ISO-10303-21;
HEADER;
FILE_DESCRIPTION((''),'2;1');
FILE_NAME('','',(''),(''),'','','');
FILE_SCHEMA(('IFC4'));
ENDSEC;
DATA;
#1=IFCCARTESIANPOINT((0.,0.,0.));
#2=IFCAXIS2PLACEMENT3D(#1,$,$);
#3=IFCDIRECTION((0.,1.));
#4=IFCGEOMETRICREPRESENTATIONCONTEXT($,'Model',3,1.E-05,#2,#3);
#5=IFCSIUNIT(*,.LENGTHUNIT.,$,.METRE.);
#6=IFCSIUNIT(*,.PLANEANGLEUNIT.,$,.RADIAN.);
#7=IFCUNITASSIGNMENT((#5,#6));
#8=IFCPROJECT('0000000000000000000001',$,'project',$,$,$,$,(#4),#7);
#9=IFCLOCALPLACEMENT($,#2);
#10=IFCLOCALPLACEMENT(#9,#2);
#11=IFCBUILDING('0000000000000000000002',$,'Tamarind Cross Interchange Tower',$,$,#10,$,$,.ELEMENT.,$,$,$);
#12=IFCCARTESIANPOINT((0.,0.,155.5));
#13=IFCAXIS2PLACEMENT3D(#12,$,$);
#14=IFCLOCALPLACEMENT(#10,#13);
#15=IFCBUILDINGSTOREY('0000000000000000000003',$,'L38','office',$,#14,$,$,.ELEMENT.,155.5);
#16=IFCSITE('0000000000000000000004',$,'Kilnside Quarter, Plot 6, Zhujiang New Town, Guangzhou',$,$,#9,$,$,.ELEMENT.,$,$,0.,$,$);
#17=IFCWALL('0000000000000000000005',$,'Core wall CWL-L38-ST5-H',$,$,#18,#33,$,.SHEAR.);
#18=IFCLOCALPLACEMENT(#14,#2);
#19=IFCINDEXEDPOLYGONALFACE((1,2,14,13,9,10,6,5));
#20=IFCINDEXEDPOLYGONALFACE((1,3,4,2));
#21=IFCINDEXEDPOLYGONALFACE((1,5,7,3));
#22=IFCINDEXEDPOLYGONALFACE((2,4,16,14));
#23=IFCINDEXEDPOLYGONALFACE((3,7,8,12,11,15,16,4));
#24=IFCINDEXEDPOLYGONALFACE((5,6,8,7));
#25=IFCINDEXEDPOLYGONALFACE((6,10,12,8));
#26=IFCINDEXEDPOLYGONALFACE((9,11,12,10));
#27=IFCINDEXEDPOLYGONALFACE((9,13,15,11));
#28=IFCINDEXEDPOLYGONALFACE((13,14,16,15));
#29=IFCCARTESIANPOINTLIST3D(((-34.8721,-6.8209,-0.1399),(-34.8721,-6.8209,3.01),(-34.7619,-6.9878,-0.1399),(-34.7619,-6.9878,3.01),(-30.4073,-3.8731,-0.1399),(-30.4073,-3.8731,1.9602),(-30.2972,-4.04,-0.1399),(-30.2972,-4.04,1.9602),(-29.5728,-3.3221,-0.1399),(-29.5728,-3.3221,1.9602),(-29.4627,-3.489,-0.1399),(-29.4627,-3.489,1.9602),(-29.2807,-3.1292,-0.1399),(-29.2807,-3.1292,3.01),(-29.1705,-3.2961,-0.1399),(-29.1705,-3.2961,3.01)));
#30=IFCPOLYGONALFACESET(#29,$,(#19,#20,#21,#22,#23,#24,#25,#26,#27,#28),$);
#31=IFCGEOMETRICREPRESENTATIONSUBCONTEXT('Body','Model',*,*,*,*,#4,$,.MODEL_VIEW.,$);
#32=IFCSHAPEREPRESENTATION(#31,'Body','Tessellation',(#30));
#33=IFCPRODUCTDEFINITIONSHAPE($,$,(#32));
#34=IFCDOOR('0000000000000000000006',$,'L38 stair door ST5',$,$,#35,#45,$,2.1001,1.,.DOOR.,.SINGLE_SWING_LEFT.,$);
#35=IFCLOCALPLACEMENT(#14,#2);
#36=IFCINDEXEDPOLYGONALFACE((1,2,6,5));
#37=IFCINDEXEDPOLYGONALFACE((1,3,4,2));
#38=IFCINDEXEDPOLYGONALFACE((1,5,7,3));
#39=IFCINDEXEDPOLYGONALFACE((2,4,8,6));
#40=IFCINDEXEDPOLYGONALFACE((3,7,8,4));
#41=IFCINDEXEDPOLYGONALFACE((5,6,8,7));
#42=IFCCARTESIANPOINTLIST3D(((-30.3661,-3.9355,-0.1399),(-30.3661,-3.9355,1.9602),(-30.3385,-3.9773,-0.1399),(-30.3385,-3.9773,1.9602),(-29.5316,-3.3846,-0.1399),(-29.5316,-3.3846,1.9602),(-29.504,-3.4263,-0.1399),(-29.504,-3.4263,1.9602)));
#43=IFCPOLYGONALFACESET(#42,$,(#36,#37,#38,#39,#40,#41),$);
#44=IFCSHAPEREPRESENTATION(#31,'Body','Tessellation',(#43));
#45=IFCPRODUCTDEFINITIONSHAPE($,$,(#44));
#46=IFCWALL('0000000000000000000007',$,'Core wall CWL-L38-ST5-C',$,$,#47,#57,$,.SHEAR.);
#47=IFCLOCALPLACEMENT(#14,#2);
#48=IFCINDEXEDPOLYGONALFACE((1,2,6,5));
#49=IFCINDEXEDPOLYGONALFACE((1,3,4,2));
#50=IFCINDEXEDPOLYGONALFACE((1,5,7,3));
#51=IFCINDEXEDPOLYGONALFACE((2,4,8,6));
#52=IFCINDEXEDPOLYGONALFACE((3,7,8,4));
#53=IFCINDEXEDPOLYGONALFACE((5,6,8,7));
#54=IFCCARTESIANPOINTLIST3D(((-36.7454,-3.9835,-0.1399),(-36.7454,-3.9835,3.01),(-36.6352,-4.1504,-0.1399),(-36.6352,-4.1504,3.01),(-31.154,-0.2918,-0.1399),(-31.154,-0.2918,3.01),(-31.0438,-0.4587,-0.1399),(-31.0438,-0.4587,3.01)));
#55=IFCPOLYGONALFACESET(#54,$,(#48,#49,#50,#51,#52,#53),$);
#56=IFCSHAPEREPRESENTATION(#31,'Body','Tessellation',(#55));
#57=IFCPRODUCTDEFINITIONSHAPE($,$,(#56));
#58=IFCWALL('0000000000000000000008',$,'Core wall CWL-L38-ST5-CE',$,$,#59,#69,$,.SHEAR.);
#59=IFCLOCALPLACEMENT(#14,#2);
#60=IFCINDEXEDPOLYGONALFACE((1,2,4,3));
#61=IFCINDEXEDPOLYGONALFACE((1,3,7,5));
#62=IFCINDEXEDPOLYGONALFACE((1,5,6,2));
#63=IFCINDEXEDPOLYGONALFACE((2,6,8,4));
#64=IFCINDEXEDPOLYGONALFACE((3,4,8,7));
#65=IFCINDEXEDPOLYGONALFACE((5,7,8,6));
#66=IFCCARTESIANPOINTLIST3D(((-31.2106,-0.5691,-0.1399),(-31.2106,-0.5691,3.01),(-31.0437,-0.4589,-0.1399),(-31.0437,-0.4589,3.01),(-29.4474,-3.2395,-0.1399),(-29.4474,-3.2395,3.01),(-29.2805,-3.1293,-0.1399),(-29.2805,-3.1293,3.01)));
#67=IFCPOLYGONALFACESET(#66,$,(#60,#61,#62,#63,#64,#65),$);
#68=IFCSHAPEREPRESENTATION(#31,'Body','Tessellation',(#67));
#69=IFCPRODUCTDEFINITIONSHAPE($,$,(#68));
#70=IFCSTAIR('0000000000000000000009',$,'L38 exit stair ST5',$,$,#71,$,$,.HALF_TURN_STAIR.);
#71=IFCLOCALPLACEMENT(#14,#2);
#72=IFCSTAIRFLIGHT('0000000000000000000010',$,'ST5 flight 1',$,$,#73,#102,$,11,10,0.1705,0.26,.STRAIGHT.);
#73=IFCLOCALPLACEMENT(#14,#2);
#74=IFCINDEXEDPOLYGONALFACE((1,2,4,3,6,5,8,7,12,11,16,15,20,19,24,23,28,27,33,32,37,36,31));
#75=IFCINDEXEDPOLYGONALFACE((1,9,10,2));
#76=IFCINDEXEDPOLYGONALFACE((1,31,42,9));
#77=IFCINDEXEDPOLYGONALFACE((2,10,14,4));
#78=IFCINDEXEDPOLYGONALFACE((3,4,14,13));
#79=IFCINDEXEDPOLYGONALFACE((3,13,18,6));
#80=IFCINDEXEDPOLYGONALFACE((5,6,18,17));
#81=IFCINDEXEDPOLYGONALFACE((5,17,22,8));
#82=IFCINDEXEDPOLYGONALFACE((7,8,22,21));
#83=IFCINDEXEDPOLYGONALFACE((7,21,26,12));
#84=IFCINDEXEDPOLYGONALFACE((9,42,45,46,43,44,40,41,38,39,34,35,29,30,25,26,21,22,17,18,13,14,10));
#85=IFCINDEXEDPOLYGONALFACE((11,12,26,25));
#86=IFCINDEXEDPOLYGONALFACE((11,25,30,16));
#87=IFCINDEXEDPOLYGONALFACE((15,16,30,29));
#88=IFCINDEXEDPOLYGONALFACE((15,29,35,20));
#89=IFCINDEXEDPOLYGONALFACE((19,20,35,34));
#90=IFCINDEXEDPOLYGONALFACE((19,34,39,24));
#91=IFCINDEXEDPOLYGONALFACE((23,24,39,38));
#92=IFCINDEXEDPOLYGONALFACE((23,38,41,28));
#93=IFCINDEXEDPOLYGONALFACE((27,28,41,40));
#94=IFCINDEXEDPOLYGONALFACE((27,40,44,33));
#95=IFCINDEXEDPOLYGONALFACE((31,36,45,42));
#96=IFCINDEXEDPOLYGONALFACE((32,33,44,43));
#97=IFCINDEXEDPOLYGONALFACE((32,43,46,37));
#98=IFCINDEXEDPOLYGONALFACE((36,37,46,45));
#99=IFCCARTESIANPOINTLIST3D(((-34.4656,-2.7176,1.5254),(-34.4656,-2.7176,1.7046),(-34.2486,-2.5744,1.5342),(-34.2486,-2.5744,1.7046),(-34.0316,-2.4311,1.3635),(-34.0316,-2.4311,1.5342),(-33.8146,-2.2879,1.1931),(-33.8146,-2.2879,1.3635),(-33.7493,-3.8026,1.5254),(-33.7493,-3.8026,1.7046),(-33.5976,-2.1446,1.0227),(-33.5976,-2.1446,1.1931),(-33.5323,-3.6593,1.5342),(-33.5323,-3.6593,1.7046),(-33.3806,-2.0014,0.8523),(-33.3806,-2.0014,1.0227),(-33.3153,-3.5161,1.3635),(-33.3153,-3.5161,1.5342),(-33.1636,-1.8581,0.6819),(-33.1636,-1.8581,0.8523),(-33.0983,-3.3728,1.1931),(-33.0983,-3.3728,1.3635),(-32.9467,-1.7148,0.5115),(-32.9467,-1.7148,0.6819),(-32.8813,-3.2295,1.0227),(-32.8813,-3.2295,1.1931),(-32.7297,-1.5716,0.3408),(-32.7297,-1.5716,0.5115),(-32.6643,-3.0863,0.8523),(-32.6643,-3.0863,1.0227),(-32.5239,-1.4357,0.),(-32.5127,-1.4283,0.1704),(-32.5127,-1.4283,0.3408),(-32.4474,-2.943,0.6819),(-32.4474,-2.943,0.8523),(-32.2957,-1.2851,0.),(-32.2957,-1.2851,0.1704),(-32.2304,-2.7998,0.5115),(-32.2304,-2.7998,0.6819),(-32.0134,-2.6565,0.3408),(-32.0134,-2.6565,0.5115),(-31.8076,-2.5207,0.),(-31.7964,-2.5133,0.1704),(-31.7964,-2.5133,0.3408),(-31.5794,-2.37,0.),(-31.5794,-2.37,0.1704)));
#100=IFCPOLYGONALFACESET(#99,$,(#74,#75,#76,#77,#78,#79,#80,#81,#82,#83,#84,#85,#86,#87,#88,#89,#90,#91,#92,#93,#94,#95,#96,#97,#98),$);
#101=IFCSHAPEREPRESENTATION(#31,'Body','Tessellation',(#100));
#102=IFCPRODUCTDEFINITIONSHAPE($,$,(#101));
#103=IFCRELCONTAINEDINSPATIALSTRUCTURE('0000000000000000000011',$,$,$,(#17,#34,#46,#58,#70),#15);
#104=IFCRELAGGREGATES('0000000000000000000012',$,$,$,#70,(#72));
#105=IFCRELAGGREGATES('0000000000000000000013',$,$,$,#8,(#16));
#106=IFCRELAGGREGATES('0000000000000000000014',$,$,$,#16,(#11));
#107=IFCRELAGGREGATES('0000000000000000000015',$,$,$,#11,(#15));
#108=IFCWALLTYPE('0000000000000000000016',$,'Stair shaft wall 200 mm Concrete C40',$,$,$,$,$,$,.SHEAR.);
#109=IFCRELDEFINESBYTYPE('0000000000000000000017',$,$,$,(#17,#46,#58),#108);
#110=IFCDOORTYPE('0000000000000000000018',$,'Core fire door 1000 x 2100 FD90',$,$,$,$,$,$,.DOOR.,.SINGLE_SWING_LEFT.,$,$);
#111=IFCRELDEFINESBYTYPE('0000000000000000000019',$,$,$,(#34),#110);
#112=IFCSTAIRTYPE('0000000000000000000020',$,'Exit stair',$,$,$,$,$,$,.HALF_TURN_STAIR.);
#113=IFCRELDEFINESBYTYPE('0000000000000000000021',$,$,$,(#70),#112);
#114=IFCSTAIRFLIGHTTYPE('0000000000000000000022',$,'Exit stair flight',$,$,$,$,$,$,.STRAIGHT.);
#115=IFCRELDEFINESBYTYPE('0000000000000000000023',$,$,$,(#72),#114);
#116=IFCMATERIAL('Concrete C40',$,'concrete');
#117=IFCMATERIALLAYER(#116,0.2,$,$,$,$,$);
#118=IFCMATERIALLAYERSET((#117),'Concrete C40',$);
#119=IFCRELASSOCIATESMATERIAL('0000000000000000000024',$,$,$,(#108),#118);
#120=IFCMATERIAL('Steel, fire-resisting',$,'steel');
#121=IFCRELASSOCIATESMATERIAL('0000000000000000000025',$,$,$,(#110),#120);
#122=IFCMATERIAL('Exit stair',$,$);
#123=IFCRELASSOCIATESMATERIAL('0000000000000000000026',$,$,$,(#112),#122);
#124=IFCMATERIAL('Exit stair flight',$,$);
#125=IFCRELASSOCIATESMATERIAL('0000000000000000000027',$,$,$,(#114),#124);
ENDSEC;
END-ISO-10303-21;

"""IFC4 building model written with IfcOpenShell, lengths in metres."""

from ifc_helpers import new_model, si_unit, direction, frame, frame_2d, origin, place, context, subcontext, project, spatial, polyline, rectangle, outline, extrude, material, layer, layer_set, type_object, element, fill, aggregate, save


model = new_model("IFC4")

# Units and contexts
model_context = context("Model", 3, precision=1e-05, world=origin(), true_north=direction((0.0, 1.0)))
body_context = subcontext(model_context, "Body", "Model", "MODEL_VIEW")
ifc_project = project(units=[si_unit("LENGTHUNIT", "METRE"), si_unit("PLANEANGLEUNIT", "RADIAN")], contexts=[model_context])

# Site, building, storey
site_placement = place(None, origin())
site = spatial("IfcSite", under=ifc_project, at=site_placement, Name="Kilnside Quarter, Plot 6, Zhujiang New Town, Guangzhou", CompositionType="ELEMENT", RefElevation=0.0)
building_placement = place(site_placement, origin())
building = spatial("IfcBuilding", under=site, at=building_placement, Name="Tamarind Cross Interchange Tower", CompositionType="ELEMENT")
storey_placement = place(building_placement, frame((0.0, 0.0, 155.5)))
storey = spatial("IfcBuildingStorey", under=building, at=storey_placement, Name="L38", Description="office", CompositionType="ELEMENT", Elevation=155.5)

# Wall, opening, door
ifc_material_1 = material(Name="Concrete C40", Category="concrete")
ifc_layer_1 = layer(ifc_material_1, 0.2)
ifc_layer_set_1 = layer_set([ifc_layer_1], Name="Concrete C40")
wall_type_1 = type_object("IfcWallType", Name="Stair shaft wall 200 mm Concrete C40", PredefinedType="SHEAR", material=ifc_layer_set_1)
wall_1_placement = place(storey_placement, frame((-29.2256, -3.2126, -0.1399), z_axis=(0.0, 0.0, 1.0), x_axis=(-0.834514, -0.550986, 0.0)))
wall_1 = element("IfcWall", 1, at=wall_1_placement, inside=storey, type_object=wall_type_1, Name="Core wall CWL-L38-ST5-H", PredefinedType="SHEAR", context=body_context, shape_type="SweptSolid", body=[
    extrude(rectangle(XDim=6.7002, YDim=0.2, at=frame_2d((3.3501, 0.0))), origin(), (0.0, 0.0, 1.0), 3.1499),
])
opening_1_placement = place(wall_1_placement, frame((0.3501, 0.0, 0.0)))
opening_1 = element("IfcOpeningElement", 2, at=opening_1_placement, cuts=wall_1, PredefinedType="OPENING", context=body_context, shape_type="SweptSolid", body=[
    extrude(rectangle(XDim=1.0, YDim=2.1001, at=frame_2d((0.5, 1.05))), frame((0.0, 0.1099, 0.0), z_axis=(0.0, -1.0, 0.0), x_axis=(1.0, 0.0, 0.0)), (0.0, 0.0, 1.0), 0.22),
])
ifc_material_2 = material(Name="Steel, fire-resisting", Category="steel")
door_type_1 = type_object("IfcDoorType", Name="Core fire door 1000 x 2100 FD90", OperationType="SINGLE_SWING_LEFT", PredefinedType="DOOR", material=ifc_material_2)
door_1_placement = place(opening_1_placement, origin())
door_1 = element("IfcDoor", 3, at=door_1_placement, inside=storey, type_object=door_type_1, Name="L38 stair door ST5", OperationType="SINGLE_SWING_LEFT", OverallHeight=2.1001, OverallWidth=1.0, PredefinedType="DOOR", context=body_context, shape_type="SweptSolid", body=[
    extrude(rectangle(XDim=1.0, YDim=2.1001, at=frame_2d((0.5, 1.05))), frame((0.0, 0.0249, 0.0), z_axis=(0.0, -1.0, 0.0), x_axis=(1.0, 0.0, 0.0)), (0.0, 0.0, 1.0), 0.05),
])
fill(opening_1, door_1)

# Walls
wall_2_placement = place(storey_placement, frame((-31.0989, -0.3752, -0.1399), z_axis=(0.0, 0.0, 1.0), x_axis=(-0.834514, -0.550986, 0.0)))
element("IfcWall", 4, at=wall_2_placement, inside=storey, type_object=wall_type_1, Name="Core wall CWL-L38-ST5-C", PredefinedType="SHEAR", context=body_context, shape_type="SweptSolid", body=[
    extrude(rectangle(XDim=6.7002, YDim=0.2, at=frame_2d((3.3501, 0.0))), origin(), (0.0, 0.0, 1.0), 3.1499),
])
wall_3_placement = place(storey_placement, frame((-31.1272, -0.5139, -0.1399), z_axis=(0.0, 0.0, 1.0), x_axis=(0.550997, -0.834507, 0.0)))
element("IfcWall", 5, at=wall_3_placement, inside=storey, type_object=wall_type_1, Name="Core wall CWL-L38-ST5-CE", PredefinedType="SHEAR", context=body_context, shape_type="SweptSolid", body=[
    extrude(rectangle(XDim=3.2, YDim=0.2, at=frame_2d((1.6001, 0.0))), origin(), (0.0, 0.0, 1.0), 3.1499),
])

# Stair, stair flight
ifc_material_3 = material(Name="Exit stair")
stair_type = type_object("IfcStairType", Name="Exit stair", PredefinedType="HALF_TURN_STAIR", material=ifc_material_3)
stair_placement = place(storey_placement, origin())
stair = element("IfcStair", 6, at=stair_placement, inside=storey, type_object=stair_type, Name="L38 exit stair ST5", PredefinedType="HALF_TURN_STAIR")
ifc_material_4 = material(Name="Exit stair flight")
stair_flight_type = type_object("IfcStairFlightType", Name="Exit stair flight", PredefinedType="STRAIGHT", material=ifc_material_4)
stair_flight_placement = place(storey_placement, frame((-31.9375, -1.8276, 0.0), z_axis=(0.0, 0.0, 1.0), x_axis=(-0.834525, -0.55097, 0.0)))
stair_flight = element("IfcStairFlight", 7, at=stair_flight_placement, type_object=stair_flight_type, Name="ST5 flight 1", NumberOfRisers=11, NumberOfTreads=10, PredefinedType="STRAIGHT", RiserHeight=0.1705, TreadLength=0.26, context=body_context, shape_type="SweptSolid", body=[
    extrude(outline(polyline([(0.0, 0.0), (0.0, 0.1704), (0.26, 0.1704), (0.26, 0.3408), (0.52, 0.3408), (0.52, 0.5115), (0.78, 0.5115), (0.78, 0.6819), (1.04, 0.6819), (1.04, 0.8523), (1.3, 0.8523), (1.3, 1.0227), (1.5601, 1.0227), (1.5601, 1.1931), (1.8201, 1.1931), (1.8201, 1.3635), (2.0801, 1.3635), (2.0801, 1.5342), (2.3401, 1.5342), (2.3401, 1.7046), (2.6001, 1.7046), (2.6001, 1.875), (2.6001, 1.5254), (0.2734, 0.0), (0.0, 0.0)])), frame((0.0, 0.6499, 0.0), z_axis=(0.0, -1.0, 0.0), x_axis=(1.0, 0.0, 0.0)), (0.0, 0.0, 1.0), 1.3),
])
aggregate(stair, [stair_flight])

save(model, "model.ifc")
